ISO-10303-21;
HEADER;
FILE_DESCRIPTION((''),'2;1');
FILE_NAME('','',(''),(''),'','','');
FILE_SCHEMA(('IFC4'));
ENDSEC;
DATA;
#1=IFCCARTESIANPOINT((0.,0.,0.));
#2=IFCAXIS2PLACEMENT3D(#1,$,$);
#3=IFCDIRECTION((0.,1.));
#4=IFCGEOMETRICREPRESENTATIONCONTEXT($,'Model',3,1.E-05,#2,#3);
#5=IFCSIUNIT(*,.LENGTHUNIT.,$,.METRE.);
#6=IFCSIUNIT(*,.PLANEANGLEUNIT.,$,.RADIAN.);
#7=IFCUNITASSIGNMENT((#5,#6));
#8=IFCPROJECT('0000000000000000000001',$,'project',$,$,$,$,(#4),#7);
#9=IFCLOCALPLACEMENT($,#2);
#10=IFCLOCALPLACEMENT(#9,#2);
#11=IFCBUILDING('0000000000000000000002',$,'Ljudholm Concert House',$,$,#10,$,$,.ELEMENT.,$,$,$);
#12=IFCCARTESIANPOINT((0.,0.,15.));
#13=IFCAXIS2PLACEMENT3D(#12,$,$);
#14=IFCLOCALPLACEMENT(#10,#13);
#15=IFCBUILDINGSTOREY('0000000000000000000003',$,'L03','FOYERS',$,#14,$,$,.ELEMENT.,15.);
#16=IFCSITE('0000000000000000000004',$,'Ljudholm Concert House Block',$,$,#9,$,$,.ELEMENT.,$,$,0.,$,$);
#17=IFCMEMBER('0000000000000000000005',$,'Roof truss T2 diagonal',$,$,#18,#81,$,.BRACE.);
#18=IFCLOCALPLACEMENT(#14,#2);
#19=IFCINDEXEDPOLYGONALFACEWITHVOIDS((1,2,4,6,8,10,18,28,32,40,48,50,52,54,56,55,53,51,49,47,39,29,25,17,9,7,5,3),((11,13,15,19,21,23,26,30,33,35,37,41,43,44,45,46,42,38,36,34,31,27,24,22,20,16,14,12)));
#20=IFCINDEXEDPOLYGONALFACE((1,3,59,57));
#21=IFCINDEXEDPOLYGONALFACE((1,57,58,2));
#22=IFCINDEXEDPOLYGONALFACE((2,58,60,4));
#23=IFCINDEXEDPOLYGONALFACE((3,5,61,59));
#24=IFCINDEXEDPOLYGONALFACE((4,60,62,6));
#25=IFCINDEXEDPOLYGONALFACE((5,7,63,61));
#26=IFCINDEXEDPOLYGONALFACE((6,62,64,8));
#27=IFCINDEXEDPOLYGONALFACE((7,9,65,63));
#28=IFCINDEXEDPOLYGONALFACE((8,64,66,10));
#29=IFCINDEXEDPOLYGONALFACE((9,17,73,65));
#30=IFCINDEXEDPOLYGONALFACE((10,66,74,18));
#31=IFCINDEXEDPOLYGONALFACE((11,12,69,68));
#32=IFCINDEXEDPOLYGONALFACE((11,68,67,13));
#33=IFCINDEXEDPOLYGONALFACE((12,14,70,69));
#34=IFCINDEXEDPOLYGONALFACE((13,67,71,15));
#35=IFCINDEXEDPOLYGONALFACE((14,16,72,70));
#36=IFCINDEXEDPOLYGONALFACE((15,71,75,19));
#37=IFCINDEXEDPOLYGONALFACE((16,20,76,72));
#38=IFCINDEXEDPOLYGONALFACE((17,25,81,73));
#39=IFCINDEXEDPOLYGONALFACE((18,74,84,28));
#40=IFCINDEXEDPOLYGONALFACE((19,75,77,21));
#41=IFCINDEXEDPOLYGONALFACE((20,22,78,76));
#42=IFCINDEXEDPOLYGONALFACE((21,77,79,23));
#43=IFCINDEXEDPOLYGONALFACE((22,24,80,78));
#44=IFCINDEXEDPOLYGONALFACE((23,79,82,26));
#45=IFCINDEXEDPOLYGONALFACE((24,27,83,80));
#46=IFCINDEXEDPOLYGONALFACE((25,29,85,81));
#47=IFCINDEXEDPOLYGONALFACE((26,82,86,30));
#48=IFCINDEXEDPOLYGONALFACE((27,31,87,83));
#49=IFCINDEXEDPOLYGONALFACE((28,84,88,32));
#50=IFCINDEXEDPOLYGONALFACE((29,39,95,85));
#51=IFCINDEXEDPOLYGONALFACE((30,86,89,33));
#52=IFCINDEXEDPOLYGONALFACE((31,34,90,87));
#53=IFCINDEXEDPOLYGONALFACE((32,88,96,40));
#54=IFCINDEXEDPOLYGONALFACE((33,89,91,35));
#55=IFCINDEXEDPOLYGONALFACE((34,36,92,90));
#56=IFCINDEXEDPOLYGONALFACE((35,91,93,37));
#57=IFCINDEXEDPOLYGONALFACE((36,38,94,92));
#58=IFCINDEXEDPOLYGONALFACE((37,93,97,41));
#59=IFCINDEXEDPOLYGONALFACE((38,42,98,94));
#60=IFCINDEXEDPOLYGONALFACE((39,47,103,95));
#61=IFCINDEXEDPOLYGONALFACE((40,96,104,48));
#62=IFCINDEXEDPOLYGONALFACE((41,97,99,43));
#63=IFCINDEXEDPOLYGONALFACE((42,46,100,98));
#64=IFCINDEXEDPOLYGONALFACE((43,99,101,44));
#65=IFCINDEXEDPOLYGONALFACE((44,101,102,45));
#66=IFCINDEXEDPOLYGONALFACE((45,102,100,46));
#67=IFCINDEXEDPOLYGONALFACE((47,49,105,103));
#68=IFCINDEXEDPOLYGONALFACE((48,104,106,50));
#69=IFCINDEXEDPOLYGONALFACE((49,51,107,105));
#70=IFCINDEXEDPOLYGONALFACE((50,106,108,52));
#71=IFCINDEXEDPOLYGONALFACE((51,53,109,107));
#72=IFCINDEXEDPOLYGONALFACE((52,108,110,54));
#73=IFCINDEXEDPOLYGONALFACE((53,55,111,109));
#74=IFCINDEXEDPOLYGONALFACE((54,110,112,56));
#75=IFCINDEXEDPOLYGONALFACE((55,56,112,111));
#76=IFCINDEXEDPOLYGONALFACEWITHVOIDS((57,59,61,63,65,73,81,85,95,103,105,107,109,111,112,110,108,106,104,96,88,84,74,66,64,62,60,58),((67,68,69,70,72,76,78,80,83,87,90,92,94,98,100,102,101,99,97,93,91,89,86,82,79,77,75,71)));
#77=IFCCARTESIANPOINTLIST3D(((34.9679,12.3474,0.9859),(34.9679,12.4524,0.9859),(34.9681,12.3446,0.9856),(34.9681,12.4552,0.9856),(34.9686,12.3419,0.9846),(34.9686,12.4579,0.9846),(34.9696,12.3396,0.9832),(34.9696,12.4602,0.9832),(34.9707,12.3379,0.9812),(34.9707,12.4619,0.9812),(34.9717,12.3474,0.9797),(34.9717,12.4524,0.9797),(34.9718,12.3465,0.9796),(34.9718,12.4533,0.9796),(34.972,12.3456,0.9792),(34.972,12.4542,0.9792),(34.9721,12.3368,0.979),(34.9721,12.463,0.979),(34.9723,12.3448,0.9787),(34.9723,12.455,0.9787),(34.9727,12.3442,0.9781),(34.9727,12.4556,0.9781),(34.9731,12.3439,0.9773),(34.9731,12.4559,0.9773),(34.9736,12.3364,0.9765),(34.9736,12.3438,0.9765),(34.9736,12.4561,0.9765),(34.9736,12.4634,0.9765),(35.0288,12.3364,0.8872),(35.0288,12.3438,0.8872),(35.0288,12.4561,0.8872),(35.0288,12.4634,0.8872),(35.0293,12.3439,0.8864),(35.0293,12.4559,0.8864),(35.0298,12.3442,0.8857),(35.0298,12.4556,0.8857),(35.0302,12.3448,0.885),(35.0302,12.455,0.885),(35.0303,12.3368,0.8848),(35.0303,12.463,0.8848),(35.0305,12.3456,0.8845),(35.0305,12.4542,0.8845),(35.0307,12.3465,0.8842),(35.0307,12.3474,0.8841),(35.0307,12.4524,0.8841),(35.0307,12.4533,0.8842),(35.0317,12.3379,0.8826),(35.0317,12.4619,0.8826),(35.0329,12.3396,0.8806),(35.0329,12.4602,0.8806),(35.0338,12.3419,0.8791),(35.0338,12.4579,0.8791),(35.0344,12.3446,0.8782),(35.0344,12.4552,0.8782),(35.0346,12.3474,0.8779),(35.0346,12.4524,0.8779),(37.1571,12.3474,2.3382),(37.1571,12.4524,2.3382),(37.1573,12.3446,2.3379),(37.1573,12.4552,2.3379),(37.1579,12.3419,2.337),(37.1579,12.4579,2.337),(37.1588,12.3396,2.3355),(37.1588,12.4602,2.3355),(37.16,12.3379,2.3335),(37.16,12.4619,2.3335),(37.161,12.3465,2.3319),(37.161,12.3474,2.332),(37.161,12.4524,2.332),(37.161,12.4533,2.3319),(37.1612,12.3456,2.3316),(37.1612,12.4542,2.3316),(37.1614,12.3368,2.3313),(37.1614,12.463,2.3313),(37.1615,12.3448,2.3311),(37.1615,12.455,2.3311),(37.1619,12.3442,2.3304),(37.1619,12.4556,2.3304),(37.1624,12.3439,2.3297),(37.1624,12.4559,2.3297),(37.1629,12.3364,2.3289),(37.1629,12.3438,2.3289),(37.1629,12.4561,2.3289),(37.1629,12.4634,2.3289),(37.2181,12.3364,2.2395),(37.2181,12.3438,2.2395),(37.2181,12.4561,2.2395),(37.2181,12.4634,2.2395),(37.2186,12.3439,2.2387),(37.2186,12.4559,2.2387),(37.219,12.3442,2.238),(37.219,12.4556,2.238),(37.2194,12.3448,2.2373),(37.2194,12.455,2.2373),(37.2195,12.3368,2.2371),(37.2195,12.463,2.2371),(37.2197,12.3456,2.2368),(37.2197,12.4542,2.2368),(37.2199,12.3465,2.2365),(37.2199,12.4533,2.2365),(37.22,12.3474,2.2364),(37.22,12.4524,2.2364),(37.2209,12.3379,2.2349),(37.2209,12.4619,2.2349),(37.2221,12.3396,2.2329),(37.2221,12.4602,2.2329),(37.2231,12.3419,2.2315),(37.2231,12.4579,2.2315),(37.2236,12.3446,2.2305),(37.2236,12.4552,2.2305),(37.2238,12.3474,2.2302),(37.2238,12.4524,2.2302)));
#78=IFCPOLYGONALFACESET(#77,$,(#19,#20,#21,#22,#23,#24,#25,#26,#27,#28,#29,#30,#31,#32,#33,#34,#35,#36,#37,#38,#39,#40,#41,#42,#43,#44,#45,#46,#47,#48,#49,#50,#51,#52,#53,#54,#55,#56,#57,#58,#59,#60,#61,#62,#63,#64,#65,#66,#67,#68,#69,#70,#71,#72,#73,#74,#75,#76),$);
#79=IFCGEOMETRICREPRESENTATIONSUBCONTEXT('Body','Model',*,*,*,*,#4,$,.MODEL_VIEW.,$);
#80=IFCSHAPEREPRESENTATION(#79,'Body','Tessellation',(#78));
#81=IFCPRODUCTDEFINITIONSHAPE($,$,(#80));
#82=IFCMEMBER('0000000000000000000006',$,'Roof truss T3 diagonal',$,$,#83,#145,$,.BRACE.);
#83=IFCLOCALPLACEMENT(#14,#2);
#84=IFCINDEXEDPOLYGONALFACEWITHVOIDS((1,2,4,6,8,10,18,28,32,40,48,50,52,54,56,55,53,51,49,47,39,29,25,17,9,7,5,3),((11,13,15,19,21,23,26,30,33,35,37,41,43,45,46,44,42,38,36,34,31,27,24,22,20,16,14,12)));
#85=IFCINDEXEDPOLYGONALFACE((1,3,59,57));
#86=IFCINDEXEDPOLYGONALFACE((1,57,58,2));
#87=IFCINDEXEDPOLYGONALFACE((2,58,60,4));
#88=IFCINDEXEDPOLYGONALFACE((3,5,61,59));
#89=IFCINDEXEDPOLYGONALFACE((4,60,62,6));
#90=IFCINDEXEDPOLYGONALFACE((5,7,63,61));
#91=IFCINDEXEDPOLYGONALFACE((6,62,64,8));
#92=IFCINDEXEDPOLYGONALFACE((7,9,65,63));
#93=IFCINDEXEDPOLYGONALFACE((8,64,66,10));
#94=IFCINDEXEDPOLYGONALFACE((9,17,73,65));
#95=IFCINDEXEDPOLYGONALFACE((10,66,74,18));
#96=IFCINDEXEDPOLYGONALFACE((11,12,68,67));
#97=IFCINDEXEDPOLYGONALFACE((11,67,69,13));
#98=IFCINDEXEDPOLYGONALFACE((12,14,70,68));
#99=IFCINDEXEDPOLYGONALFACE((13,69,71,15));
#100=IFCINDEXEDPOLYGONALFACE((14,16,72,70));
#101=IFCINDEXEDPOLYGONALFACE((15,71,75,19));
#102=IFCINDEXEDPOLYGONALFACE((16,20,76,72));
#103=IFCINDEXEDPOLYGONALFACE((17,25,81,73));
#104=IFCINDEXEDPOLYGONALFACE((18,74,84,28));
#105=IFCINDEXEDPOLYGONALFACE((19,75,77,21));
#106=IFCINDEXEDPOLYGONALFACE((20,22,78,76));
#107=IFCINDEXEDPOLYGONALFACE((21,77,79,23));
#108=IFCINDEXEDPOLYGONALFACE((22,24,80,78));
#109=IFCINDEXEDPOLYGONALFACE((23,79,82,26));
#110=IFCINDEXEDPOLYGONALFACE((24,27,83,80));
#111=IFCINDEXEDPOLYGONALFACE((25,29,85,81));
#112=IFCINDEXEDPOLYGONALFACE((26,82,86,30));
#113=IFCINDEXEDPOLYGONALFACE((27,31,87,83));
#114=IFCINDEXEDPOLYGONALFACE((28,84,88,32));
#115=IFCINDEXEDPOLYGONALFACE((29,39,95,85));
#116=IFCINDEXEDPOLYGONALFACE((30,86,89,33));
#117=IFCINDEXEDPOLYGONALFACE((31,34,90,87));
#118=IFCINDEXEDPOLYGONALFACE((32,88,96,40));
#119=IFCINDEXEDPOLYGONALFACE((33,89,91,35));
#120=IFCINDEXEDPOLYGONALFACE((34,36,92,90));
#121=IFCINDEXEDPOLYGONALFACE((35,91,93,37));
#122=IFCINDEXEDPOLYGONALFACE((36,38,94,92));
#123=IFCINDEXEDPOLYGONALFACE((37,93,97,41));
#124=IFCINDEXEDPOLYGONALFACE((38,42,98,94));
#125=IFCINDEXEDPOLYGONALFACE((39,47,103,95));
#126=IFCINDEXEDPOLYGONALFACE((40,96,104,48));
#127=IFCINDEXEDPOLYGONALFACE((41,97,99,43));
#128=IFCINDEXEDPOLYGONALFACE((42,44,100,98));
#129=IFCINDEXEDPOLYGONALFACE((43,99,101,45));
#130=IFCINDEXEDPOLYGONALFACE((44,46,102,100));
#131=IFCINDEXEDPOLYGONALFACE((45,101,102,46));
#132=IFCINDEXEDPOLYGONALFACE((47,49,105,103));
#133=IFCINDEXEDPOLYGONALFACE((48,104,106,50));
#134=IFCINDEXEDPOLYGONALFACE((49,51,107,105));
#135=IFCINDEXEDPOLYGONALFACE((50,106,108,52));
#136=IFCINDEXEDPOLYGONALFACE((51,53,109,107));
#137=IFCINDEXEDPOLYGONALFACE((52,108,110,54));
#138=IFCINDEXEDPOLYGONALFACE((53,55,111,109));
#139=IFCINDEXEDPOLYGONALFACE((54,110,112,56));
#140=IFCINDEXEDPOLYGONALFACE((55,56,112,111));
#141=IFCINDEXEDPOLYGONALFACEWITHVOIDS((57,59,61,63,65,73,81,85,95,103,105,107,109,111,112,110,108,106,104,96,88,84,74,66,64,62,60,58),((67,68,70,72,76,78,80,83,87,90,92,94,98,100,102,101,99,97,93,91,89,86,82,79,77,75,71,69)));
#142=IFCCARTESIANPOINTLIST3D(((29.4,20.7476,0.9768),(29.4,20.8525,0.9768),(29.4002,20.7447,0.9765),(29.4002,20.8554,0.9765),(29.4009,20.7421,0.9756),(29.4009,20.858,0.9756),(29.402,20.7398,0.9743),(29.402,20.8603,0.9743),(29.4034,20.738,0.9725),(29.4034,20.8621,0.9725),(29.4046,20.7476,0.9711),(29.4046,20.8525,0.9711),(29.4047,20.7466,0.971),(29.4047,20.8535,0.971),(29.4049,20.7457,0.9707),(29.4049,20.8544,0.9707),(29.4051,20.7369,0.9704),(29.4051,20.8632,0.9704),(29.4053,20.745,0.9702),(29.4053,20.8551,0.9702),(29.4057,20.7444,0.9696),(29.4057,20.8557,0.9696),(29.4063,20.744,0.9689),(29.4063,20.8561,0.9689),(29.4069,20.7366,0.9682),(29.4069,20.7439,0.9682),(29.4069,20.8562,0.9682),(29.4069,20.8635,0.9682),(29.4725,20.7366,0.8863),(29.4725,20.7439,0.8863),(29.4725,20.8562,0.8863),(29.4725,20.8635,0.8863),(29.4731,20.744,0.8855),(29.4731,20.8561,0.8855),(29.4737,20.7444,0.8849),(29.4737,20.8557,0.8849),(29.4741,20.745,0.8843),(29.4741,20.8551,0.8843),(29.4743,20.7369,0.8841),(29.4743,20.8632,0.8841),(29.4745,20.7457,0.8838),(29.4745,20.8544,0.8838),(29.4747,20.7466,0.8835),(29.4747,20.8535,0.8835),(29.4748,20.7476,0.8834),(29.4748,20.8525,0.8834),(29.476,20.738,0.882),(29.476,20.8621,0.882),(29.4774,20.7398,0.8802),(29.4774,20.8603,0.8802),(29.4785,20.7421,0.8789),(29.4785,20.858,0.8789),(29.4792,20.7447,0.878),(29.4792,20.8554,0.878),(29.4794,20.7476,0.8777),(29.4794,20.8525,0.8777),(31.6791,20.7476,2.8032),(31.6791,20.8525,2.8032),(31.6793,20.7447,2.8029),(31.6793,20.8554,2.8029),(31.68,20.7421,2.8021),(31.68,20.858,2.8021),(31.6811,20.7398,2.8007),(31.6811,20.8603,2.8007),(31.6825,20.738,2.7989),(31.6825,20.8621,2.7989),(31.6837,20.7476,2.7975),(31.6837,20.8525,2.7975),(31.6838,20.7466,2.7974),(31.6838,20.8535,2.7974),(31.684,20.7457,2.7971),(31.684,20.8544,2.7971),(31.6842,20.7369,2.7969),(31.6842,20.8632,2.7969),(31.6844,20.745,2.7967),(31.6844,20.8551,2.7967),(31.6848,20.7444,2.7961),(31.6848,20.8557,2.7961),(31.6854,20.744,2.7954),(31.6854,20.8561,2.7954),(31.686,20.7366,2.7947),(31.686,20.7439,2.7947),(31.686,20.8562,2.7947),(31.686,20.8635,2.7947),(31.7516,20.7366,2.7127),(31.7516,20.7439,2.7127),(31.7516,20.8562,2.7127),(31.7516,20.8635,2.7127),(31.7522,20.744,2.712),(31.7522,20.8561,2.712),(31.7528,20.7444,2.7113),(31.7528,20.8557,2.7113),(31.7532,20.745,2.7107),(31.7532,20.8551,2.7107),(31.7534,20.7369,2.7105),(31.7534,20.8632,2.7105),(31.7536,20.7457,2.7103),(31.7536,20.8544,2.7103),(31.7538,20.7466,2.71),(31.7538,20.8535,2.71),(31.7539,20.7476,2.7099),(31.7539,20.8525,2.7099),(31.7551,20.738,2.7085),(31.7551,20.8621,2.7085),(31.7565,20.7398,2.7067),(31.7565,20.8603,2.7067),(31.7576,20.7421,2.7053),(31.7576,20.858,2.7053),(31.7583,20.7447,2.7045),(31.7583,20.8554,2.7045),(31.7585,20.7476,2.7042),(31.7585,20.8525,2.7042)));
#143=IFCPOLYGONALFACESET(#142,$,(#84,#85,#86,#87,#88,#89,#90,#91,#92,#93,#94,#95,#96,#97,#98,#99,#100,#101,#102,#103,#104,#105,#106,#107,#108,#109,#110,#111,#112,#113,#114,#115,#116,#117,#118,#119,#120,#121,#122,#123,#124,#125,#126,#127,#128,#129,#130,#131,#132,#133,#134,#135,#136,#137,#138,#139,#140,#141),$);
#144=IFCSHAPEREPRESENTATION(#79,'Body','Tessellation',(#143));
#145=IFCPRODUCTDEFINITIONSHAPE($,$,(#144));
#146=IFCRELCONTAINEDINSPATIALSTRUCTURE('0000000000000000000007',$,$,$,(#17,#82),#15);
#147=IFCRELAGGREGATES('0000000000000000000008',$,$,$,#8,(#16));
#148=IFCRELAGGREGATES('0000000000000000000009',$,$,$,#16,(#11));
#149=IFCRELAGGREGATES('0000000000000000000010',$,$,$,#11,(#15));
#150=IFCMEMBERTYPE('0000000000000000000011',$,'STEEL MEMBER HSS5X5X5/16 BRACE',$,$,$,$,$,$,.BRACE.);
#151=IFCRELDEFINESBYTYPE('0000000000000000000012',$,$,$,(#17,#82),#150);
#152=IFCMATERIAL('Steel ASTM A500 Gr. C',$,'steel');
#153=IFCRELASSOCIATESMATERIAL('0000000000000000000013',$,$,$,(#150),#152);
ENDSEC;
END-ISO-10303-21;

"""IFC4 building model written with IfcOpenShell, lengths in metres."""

from ifc_helpers import new_model, si_unit, direction, frame, origin, origin_2d, place, context, subcontext, project, spatial, hollow_rectangle, extrude, material, material_profile, profile_set, type_object, element, save


model = new_model("IFC4")

# Units and contexts
model_context = context("Model", 3, precision=1e-05, world=origin(), true_north=direction((0.0, 1.0)))
body_context = subcontext(model_context, "Body", "Model", "MODEL_VIEW")
ifc_project = project(units=[si_unit("LENGTHUNIT", "METRE"), si_unit("PLANEANGLEUNIT", "RADIAN")], contexts=[model_context])

# Site, building, storey
site_placement = place(None, origin())
site = spatial("IfcSite", under=ifc_project, at=site_placement, Name="Ljudholm Concert House Block", CompositionType="ELEMENT", RefElevation=0.0)
building_placement = place(site_placement, origin())
building = spatial("IfcBuilding", under=site, at=building_placement, Name="Ljudholm Concert House", CompositionType="ELEMENT")
storey_placement = place(building_placement, frame((0.0, 0.0, 15.0)))
storey = spatial("IfcBuildingStorey", under=building, at=storey_placement, Name="L03", Description="FOYERS", CompositionType="ELEMENT", Elevation=15.0)

# Members
ifc_material_1 = material(Name="Steel ASTM A500 Gr. C", Category="steel")
ifc_material_profile_1 = material_profile(ifc_material_1, hollow_rectangle(XDim=0.127, YDim=0.127, WallThickness=0.0073, InnerFilletRadius=0.0037, OuterFilletRadius=0.011, at=origin_2d()), Name="HSS5X5X5/16")
ifc_profile_set_1 = profile_set([ifc_material_profile_1], Name="Steel ASTM A500 Gr. C")
member_type_1 = type_object("IfcMemberType", Name="STEEL MEMBER HSS5X5X5/16 BRACE", PredefinedType="BRACE", material=ifc_profile_set_1)
member_1_placement = place(storey_placement, frame((35.0012, 12.3999, 0.9319), z_axis=(0.850774, 0.0, 0.525531), x_axis=(0.0, 1.0, 0.0)))
element("IfcMember", 1, at=member_1_placement, inside=storey, type_object=member_type_1, Name="Roof truss T2 diagonal", PredefinedType="BRACE", context=body_context, shape_type="SweptSolid", body=[
    extrude(hollow_rectangle(XDim=0.127, YDim=0.127, WallThickness=0.0073, InnerFilletRadius=0.0037, OuterFilletRadius=0.011, at=origin_2d()), origin(), (0.0, 0.0, 1.0), 2.5732),
])
member_2_placement = place(storey_placement, frame((29.4397, 20.8, 0.9272), z_axis=(0.780338, 0.0, 0.625357), x_axis=(0.0, 1.0, 0.0)))
element("IfcMember", 2, at=member_2_placement, inside=storey, type_object=member_type_1, Name="Roof truss T3 diagonal", PredefinedType="BRACE", context=body_context, shape_type="SweptSolid", body=[
    extrude(hollow_rectangle(XDim=0.127, YDim=0.127, WallThickness=0.0073, InnerFilletRadius=0.0037, OuterFilletRadius=0.011, at=origin_2d()), origin(), (0.0, 0.0, 1.0), 2.9207),
])

save(model, "model.ifc")
